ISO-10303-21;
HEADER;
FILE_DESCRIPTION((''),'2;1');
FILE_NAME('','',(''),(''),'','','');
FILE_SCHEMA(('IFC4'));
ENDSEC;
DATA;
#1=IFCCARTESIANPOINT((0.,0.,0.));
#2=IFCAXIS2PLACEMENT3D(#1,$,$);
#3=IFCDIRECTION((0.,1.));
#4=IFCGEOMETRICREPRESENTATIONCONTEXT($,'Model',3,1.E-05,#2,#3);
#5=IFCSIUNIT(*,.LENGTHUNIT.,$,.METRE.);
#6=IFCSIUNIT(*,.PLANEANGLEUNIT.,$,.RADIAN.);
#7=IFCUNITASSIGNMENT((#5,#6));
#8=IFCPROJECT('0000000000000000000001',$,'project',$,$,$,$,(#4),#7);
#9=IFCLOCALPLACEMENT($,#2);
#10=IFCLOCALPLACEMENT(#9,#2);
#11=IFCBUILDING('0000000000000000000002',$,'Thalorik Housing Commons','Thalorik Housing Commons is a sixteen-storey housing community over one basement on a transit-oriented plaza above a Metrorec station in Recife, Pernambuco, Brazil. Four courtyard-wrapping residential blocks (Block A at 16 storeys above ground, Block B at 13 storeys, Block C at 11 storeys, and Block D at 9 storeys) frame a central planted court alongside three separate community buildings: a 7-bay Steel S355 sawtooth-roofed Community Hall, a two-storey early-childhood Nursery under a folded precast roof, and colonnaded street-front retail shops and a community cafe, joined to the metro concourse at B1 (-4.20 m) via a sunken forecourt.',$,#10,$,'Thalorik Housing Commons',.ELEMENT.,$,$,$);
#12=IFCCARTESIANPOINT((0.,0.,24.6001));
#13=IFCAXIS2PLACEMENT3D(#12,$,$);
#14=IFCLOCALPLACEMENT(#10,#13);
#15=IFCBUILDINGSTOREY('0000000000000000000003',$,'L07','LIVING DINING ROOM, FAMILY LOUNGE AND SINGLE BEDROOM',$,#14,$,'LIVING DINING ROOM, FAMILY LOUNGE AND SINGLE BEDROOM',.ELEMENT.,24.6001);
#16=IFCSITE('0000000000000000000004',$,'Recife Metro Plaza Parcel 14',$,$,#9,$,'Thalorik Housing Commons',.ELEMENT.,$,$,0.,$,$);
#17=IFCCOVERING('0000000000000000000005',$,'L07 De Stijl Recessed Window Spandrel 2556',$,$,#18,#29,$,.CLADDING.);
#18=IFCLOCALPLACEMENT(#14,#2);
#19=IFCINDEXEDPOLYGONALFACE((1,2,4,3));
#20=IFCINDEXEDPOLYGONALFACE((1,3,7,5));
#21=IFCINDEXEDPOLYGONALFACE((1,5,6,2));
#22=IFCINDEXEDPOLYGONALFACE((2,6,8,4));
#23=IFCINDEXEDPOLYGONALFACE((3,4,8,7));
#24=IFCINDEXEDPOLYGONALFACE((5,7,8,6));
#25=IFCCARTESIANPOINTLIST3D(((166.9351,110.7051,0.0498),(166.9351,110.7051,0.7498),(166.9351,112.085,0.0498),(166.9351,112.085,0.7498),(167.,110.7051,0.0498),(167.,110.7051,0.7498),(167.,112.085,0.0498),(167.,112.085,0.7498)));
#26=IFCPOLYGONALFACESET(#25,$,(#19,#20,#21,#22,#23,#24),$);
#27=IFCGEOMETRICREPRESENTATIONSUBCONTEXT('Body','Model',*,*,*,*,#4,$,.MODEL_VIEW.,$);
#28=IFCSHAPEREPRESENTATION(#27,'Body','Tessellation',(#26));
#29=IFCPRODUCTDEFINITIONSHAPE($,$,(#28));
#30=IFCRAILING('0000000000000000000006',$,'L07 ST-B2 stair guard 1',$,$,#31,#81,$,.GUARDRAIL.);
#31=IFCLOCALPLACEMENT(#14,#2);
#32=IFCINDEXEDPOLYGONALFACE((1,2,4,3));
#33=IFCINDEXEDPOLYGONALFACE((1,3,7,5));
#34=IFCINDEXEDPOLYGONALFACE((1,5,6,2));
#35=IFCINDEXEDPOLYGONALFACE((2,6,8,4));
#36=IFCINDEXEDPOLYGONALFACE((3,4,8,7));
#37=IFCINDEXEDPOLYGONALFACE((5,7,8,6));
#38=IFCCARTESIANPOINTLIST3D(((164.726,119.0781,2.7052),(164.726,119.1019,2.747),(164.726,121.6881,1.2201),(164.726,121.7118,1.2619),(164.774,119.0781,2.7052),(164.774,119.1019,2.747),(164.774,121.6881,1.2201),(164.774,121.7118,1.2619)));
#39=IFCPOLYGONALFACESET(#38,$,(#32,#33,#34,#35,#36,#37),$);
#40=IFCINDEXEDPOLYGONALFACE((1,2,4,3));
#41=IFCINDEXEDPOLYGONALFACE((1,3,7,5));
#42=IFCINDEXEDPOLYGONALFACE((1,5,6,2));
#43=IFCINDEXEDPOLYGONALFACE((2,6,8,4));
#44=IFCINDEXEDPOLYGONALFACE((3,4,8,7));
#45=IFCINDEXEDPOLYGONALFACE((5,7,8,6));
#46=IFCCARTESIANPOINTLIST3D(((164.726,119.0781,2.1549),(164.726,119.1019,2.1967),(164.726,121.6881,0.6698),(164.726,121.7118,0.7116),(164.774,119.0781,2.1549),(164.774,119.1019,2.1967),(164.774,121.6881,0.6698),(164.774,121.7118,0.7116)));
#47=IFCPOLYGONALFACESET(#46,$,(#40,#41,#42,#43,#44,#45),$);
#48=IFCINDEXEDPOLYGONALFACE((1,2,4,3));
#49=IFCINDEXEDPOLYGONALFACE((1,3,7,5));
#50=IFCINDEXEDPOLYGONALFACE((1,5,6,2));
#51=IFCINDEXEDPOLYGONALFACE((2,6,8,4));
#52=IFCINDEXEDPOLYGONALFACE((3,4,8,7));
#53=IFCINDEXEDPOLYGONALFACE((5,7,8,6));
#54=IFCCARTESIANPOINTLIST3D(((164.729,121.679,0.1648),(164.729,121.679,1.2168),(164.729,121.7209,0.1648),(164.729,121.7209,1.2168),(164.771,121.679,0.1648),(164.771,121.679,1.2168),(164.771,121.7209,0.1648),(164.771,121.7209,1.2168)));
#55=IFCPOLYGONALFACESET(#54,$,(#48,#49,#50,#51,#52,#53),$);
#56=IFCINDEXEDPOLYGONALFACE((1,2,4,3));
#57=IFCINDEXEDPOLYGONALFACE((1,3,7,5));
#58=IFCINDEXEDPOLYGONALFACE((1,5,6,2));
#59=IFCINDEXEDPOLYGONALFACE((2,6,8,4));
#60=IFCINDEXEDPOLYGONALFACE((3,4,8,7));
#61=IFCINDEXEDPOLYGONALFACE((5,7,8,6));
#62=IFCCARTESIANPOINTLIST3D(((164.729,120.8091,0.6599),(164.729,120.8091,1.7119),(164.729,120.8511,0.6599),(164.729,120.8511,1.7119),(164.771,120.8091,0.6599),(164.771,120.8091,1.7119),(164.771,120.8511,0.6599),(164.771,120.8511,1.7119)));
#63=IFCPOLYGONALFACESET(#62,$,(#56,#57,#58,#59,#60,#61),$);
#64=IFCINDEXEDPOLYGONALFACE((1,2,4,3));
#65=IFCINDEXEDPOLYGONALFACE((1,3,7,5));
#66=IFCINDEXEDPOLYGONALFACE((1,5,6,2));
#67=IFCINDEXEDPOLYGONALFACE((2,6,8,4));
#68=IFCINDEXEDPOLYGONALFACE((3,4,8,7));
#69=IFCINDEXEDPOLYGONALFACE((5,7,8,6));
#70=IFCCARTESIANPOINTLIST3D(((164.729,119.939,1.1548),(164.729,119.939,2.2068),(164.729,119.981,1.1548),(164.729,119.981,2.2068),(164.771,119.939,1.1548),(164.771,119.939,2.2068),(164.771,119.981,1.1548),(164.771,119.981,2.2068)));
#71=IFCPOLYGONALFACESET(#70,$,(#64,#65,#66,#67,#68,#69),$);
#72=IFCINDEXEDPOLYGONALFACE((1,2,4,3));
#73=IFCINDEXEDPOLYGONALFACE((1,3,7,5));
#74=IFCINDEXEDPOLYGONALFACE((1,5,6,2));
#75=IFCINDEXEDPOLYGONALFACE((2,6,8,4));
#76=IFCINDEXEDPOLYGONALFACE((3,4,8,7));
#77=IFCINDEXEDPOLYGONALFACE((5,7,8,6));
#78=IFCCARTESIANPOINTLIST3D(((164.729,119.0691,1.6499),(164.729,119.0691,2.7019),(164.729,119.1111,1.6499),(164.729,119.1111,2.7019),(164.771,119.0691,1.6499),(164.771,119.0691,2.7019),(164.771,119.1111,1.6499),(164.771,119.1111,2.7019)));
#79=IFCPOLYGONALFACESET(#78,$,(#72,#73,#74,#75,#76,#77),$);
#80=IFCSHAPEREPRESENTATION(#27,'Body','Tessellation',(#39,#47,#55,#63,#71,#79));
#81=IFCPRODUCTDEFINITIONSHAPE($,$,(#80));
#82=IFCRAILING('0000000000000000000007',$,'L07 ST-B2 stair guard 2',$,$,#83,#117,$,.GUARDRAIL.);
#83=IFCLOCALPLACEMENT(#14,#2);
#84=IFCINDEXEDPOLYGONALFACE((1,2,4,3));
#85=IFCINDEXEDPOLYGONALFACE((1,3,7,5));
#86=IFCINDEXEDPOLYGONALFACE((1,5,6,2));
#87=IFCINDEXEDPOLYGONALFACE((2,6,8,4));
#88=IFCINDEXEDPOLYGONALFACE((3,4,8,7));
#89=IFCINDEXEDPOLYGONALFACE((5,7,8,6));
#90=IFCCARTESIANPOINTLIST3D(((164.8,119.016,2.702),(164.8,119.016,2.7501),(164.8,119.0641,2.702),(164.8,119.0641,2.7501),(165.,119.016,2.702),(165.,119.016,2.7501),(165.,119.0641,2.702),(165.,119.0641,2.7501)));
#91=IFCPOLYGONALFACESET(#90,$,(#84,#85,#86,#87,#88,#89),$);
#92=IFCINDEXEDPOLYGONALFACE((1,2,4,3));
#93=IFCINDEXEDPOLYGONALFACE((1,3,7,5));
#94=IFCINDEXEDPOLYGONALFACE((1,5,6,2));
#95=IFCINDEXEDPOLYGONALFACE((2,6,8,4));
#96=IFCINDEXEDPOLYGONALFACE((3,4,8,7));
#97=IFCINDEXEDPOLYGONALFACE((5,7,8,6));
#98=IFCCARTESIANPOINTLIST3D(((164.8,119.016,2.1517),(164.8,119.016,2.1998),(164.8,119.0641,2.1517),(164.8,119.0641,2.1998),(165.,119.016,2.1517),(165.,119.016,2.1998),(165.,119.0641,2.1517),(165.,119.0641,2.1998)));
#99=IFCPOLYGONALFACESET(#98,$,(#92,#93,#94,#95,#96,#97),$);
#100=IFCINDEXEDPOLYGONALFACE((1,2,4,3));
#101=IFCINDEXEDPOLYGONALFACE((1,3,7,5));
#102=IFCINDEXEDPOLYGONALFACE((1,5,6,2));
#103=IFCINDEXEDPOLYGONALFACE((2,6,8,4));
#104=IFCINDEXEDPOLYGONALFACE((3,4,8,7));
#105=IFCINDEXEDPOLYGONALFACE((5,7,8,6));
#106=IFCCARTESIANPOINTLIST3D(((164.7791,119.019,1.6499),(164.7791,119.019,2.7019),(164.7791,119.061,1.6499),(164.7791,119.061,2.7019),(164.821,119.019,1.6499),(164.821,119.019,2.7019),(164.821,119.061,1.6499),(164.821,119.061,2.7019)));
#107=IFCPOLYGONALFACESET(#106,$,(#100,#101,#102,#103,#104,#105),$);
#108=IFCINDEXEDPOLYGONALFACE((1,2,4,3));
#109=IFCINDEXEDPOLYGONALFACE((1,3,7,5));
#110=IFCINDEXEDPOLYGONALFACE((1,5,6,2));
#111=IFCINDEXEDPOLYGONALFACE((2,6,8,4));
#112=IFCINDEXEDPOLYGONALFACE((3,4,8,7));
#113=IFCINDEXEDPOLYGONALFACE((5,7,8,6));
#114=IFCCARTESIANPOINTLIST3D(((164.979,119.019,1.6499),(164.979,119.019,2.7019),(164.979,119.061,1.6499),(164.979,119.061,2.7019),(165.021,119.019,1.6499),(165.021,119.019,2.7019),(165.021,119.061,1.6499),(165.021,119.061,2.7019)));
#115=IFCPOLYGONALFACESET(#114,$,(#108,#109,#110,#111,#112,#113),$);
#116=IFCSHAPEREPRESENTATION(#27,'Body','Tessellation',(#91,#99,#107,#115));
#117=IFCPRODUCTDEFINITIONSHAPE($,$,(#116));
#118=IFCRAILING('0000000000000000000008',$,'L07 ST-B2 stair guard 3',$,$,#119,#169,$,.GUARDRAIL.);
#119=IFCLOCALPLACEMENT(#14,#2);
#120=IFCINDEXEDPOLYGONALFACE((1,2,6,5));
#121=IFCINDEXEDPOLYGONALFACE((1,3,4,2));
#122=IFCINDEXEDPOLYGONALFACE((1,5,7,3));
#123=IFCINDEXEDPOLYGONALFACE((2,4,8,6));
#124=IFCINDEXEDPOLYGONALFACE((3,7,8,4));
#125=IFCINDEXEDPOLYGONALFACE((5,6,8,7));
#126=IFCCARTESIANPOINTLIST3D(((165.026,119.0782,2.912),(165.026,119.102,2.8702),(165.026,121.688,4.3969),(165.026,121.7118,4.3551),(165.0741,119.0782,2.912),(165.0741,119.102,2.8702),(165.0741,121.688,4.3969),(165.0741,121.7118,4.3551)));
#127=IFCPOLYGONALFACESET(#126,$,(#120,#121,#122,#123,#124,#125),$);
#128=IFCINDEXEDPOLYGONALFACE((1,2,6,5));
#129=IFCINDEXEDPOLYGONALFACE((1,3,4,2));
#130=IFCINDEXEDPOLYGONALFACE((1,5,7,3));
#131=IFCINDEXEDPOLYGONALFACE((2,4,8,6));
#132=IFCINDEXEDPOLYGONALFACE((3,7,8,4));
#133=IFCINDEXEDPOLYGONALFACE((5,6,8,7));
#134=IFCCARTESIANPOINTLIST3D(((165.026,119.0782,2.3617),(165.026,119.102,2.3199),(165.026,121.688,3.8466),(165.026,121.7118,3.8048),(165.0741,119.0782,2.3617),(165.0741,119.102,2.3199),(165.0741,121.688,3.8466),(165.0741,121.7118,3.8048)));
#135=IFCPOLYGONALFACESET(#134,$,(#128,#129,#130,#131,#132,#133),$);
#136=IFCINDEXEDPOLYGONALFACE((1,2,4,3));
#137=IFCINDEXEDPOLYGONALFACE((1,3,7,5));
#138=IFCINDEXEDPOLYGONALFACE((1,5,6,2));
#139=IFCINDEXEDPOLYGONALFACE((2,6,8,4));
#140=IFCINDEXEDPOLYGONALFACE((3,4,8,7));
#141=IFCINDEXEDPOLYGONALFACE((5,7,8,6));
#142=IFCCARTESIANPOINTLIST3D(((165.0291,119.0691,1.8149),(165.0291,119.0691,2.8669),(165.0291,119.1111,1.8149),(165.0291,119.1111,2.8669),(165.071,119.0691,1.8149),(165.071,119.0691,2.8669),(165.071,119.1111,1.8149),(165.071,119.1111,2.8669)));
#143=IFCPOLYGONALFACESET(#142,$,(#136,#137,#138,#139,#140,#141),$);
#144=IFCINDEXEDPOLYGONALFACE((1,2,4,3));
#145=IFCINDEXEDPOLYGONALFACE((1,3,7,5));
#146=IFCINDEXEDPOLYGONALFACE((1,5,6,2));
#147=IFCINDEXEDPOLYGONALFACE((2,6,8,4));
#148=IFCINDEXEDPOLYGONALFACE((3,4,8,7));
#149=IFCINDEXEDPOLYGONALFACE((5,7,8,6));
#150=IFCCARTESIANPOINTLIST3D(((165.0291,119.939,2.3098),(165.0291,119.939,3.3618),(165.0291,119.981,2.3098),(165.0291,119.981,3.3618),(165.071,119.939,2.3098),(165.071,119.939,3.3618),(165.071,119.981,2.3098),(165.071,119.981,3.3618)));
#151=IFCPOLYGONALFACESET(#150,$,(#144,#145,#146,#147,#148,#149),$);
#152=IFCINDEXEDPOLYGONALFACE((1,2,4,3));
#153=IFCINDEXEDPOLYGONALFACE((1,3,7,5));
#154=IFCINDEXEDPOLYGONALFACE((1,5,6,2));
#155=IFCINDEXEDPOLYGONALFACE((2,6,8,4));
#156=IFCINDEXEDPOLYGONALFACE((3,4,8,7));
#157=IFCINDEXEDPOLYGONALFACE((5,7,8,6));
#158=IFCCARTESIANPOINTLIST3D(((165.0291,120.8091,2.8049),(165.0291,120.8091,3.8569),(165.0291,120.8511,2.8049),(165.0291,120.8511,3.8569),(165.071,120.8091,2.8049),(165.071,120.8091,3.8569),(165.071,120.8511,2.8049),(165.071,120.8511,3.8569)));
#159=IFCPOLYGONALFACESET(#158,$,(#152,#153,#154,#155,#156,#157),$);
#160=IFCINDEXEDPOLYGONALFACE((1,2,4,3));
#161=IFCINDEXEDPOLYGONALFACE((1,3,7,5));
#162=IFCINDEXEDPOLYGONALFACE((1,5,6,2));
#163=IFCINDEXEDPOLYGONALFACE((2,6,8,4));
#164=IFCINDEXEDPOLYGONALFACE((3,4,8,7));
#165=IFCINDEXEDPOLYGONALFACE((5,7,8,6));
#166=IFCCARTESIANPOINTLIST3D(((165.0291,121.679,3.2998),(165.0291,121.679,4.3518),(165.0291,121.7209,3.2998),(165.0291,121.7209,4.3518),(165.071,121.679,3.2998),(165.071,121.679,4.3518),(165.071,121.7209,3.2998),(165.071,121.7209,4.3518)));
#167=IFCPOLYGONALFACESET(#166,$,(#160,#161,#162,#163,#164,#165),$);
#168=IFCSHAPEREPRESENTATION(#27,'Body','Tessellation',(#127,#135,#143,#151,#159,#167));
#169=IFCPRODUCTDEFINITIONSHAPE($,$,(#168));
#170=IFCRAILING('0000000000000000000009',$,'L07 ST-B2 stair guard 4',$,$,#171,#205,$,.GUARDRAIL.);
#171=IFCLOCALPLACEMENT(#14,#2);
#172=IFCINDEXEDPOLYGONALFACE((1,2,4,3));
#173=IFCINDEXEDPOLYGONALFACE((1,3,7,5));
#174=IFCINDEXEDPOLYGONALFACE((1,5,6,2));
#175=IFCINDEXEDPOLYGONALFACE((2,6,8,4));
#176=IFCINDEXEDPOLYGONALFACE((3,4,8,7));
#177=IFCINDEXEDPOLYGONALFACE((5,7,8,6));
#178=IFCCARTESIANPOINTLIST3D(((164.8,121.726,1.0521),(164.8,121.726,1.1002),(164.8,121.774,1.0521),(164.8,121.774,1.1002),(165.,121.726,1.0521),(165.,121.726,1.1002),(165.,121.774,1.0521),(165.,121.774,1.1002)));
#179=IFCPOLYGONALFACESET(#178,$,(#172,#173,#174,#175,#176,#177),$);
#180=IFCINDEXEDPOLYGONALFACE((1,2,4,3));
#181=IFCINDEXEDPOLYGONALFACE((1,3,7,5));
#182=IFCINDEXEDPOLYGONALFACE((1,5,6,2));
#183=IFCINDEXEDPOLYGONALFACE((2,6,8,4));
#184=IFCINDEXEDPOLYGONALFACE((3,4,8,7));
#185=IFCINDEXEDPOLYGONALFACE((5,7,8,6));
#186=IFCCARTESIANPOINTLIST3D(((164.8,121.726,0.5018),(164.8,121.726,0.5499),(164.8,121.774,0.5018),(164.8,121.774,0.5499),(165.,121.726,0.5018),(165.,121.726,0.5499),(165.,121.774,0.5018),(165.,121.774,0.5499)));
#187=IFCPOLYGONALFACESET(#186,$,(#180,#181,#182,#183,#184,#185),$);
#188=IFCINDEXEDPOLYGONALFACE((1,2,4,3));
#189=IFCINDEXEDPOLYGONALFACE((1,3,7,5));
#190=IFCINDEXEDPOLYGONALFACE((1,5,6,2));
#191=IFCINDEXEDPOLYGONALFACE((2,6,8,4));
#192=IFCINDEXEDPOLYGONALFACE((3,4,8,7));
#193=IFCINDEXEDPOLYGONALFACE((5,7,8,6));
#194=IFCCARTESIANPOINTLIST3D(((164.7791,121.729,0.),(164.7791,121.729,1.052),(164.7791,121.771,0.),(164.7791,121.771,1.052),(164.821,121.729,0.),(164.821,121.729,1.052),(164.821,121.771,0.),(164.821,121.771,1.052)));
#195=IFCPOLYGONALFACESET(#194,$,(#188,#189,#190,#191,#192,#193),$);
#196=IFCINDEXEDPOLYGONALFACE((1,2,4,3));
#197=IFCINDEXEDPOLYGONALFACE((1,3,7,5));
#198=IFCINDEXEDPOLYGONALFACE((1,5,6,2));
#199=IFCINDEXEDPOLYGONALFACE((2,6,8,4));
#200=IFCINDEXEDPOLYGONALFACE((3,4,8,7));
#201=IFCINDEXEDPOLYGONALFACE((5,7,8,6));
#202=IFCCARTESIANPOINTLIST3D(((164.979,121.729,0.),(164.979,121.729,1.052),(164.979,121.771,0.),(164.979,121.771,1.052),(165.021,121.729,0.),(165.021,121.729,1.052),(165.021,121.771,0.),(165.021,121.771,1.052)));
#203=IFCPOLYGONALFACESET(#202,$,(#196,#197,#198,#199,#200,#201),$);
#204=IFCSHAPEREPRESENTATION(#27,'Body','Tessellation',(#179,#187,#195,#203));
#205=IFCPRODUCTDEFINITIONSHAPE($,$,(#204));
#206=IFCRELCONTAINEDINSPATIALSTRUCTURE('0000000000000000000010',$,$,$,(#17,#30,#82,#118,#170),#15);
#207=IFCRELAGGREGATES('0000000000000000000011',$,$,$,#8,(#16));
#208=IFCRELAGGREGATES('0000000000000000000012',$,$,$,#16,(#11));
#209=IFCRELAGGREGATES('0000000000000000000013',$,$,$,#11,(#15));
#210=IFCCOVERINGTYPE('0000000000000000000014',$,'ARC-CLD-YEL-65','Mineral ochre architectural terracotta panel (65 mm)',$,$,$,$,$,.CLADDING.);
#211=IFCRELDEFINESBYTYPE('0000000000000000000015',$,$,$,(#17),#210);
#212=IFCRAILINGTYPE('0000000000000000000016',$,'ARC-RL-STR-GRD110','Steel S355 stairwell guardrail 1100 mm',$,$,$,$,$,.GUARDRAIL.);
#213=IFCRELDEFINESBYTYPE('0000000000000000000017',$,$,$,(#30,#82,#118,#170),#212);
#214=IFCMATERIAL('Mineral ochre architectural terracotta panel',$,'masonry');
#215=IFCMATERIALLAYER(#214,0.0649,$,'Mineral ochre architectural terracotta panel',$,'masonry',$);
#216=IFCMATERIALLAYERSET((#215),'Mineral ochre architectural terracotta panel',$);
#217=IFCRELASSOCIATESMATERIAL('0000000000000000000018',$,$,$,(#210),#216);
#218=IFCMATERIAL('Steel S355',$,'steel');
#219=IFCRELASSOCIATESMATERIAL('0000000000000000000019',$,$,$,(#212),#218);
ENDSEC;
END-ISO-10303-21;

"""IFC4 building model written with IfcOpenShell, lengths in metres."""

from ifc_helpers import new_model, si_unit, direction, frame, origin, origin_2d, place, context, subcontext, project, spatial, rectangle, extrude, material, layer, layer_set, type_object, element, save


model = new_model("IFC4")

# Units and contexts
model_context = context("Model", 3, precision=1e-05, world=origin(), true_north=direction((0.0, 1.0)))
body_context = subcontext(model_context, "Body", "Model", "MODEL_VIEW")
ifc_project = project(units=[si_unit("LENGTHUNIT", "METRE"), si_unit("PLANEANGLEUNIT", "RADIAN")], contexts=[model_context])

# Site, building, storey
site_placement = place(None, origin())
site = spatial("IfcSite", under=ifc_project, at=site_placement, Name="Recife Metro Plaza Parcel 14", LongName="Thalorik Housing Commons", CompositionType="ELEMENT", RefElevation=0.0)
building_placement = place(site_placement, origin())
building = spatial("IfcBuilding", under=site, at=building_placement, Name="Thalorik Housing Commons", Description="Thalorik Housing Commons is a sixteen-storey housing community over one basement on a transit-oriented plaza above a Metrorec station in Recife, Pernambuco, Brazil. Four courtyard-wrapping residential blocks (Block A at 16 storeys above ground, Block B at 13 storeys, Block C at 11 storeys, and Block D at 9 storeys) frame a central planted court alongside three separate community buildings: a 7-bay Steel S355 sawtooth-roofed Community Hall, a two-storey early-childhood Nursery under a folded precast roof, and colonnaded street-front retail shops and a community cafe, joined to the metro concourse at B1 (-4.20 m) via a sunken forecourt.", LongName="Thalorik Housing Commons", CompositionType="ELEMENT")
storey_placement = place(building_placement, frame((0.0, 0.0, 24.6001)))
storey = spatial("IfcBuildingStorey", under=building, at=storey_placement, Name="L07", Description="LIVING DINING ROOM, FAMILY LOUNGE AND SINGLE BEDROOM", LongName="LIVING DINING ROOM, FAMILY LOUNGE AND SINGLE BEDROOM", CompositionType="ELEMENT", Elevation=24.6001)

# Covering
ifc_material_1 = material(Name="Mineral ochre architectural terracotta panel", Category="masonry")
ifc_layer_1 = layer(ifc_material_1, 0.0649, Name="Mineral ochre architectural terracotta panel", Category="masonry")
ifc_layer_set_1 = layer_set([ifc_layer_1], Name="Mineral ochre architectural terracotta panel")
covering_type_1 = type_object("IfcCoveringType", Name="ARC-CLD-YEL-65", Description="Mineral ochre architectural terracotta panel (65 mm)", PredefinedType="CLADDING", material=ifc_layer_set_1)
covering_1_placement = place(storey_placement, frame((166.9675, 111.395, 0.0498), z_axis=(0.0, 0.0, 1.0), x_axis=(0.0, 1.0, 0.0)))
element("IfcCovering", 1, at=covering_1_placement, inside=storey, type_object=covering_type_1, Name="L07 De Stijl Recessed Window Spandrel 2556", PredefinedType="CLADDING", context=body_context, shape_type="SweptSolid", body=[
    extrude(rectangle(XDim=1.3799, YDim=0.0649, at=origin_2d()), origin(), (0.0, 0.0, 1.0), 0.7),
])

# Railings
ifc_material_2 = material(Name="Steel S355", Category="steel")
railing_type_1 = type_object("IfcRailingType", Name="ARC-RL-STR-GRD110", Description="Steel S355 stairwell guardrail 1100 mm", PredefinedType="GUARDRAIL", material=ifc_material_2)
railing_1_placement = place(storey_placement, frame((164.75, 121.7, 0.1648)))
element("IfcRailing", 2, at=railing_1_placement, inside=storey, type_object=railing_type_1, Name="L07 ST-B2 stair guard 1", PredefinedType="GUARDRAIL", context=body_context, shape_type="SweptSolid", body=[
    extrude(rectangle(XDim=0.0481, YDim=0.0481, at=origin_2d()), frame((0.0, 0.0, 1.0762), z_axis=(0.0, -0.869137, 0.494571), x_axis=(1.0, 0.0, 0.0)), (0.0, 0.0, 1.0), 3.0029),
    extrude(rectangle(XDim=0.0481, YDim=0.0481, at=origin_2d()), frame((0.0, 0.0, 0.5259), z_axis=(0.0, -0.869137, 0.494571), x_axis=(1.0, 0.0, 0.0)), (0.0, 0.0, 1.0), 3.0029),
    extrude(rectangle(XDim=0.042, YDim=0.042, at=origin_2d()), origin(), (0.0, 0.0, 1.0), 1.052),
    extrude(rectangle(XDim=0.042, YDim=0.042, at=origin_2d()), frame((0.0, -0.8699, 0.4951)), (0.0, 0.0, 1.0), 1.052),
    extrude(rectangle(XDim=0.042, YDim=0.042, at=origin_2d()), frame((0.0, -1.74, 0.99)), (0.0, 0.0, 1.0), 1.052),
    extrude(rectangle(XDim=0.042, YDim=0.042, at=origin_2d()), frame((0.0, -2.6099, 1.4851)), (0.0, 0.0, 1.0), 1.052),
])
railing_2_placement = place(storey_placement, frame((164.8, 119.04, 1.6499)))
element("IfcRailing", 3, at=railing_2_placement, inside=storey, type_object=railing_type_1, Name="L07 ST-B2 stair guard 2", PredefinedType="GUARDRAIL", context=body_context, shape_type="SweptSolid", body=[
    extrude(rectangle(XDim=0.0481, YDim=0.0481, at=origin_2d()), frame((0.0, 0.0, 1.0762), z_axis=(1.0, 0.0, 0.0), x_axis=(0.0, 1.0, 0.0)), (0.0, 0.0, 1.0), 0.2),
    extrude(rectangle(XDim=0.0481, YDim=0.0481, at=origin_2d()), frame((0.0, 0.0, 0.5259), z_axis=(1.0, 0.0, 0.0), x_axis=(0.0, 1.0, 0.0)), (0.0, 0.0, 1.0), 0.2),
    extrude(rectangle(XDim=0.042, YDim=0.042, at=origin_2d()), origin(), (0.0, 0.0, 1.0), 1.052),
    extrude(rectangle(XDim=0.042, YDim=0.042, at=origin_2d()), frame((0.2, 0.0, 0.0)), (0.0, 0.0, 1.0), 1.052),
])
railing_3_placement = place(storey_placement, frame((165.05, 119.0901, 1.8149)))
element("IfcRailing", 4, at=railing_3_placement, inside=storey, type_object=railing_type_1, Name="L07 ST-B2 stair guard 3", PredefinedType="GUARDRAIL", context=body_context, shape_type="SweptSolid", body=[
    extrude(rectangle(XDim=0.0481, YDim=0.0481, at=origin_2d()), frame((0.0, 0.0, 1.0762), z_axis=(0.0, 0.869172, 0.494509), x_axis=(-1.0, 0.0, 0.0)), (0.0, 0.0, 1.0), 3.0027),
    extrude(rectangle(XDim=0.0481, YDim=0.0481, at=origin_2d()), frame((0.0, 0.0, 0.5259), z_axis=(0.0, 0.869172, 0.494509), x_axis=(-1.0, 0.0, 0.0)), (0.0, 0.0, 1.0), 3.0027),
    extrude(rectangle(XDim=0.042, YDim=0.042, at=origin_2d()), origin(), (0.0, 0.0, 1.0), 1.052),
    extrude(rectangle(XDim=0.042, YDim=0.042, at=origin_2d()), frame((0.0, 0.8699, 0.4949)), (0.0, 0.0, 1.0), 1.052),
    extrude(rectangle(XDim=0.042, YDim=0.042, at=origin_2d()), frame((0.0, 1.74, 0.99)), (0.0, 0.0, 1.0), 1.052),
    extrude(rectangle(XDim=0.042, YDim=0.042, at=origin_2d()), frame((0.0, 2.6099, 1.4849)), (0.0, 0.0, 1.0), 1.052),
])
railing_4_placement = place(storey_placement, frame((164.8, 121.75, 0.0)))
element("IfcRailing", 5, at=railing_4_placement, inside=storey, type_object=railing_type_1, Name="L07 ST-B2 stair guard 4", PredefinedType="GUARDRAIL", context=body_context, shape_type="SweptSolid", body=[
    extrude(rectangle(XDim=0.0481, YDim=0.0481, at=origin_2d()), frame((0.0, 0.0, 1.0762), z_axis=(1.0, 0.0, 0.0), x_axis=(0.0, 1.0, 0.0)), (0.0, 0.0, 1.0), 0.2),
    extrude(rectangle(XDim=0.0481, YDim=0.0481, at=origin_2d()), frame((0.0, 0.0, 0.5259), z_axis=(1.0, 0.0, 0.0), x_axis=(0.0, 1.0, 0.0)), (0.0, 0.0, 1.0), 0.2),
    extrude(rectangle(XDim=0.042, YDim=0.042, at=origin_2d()), origin(), (0.0, 0.0, 1.0), 1.052),
    extrude(rectangle(XDim=0.042, YDim=0.042, at=origin_2d()), frame((0.2, 0.0, 0.0)), (0.0, 0.0, 1.0), 1.052),
])

save(model, "model.ifc")
